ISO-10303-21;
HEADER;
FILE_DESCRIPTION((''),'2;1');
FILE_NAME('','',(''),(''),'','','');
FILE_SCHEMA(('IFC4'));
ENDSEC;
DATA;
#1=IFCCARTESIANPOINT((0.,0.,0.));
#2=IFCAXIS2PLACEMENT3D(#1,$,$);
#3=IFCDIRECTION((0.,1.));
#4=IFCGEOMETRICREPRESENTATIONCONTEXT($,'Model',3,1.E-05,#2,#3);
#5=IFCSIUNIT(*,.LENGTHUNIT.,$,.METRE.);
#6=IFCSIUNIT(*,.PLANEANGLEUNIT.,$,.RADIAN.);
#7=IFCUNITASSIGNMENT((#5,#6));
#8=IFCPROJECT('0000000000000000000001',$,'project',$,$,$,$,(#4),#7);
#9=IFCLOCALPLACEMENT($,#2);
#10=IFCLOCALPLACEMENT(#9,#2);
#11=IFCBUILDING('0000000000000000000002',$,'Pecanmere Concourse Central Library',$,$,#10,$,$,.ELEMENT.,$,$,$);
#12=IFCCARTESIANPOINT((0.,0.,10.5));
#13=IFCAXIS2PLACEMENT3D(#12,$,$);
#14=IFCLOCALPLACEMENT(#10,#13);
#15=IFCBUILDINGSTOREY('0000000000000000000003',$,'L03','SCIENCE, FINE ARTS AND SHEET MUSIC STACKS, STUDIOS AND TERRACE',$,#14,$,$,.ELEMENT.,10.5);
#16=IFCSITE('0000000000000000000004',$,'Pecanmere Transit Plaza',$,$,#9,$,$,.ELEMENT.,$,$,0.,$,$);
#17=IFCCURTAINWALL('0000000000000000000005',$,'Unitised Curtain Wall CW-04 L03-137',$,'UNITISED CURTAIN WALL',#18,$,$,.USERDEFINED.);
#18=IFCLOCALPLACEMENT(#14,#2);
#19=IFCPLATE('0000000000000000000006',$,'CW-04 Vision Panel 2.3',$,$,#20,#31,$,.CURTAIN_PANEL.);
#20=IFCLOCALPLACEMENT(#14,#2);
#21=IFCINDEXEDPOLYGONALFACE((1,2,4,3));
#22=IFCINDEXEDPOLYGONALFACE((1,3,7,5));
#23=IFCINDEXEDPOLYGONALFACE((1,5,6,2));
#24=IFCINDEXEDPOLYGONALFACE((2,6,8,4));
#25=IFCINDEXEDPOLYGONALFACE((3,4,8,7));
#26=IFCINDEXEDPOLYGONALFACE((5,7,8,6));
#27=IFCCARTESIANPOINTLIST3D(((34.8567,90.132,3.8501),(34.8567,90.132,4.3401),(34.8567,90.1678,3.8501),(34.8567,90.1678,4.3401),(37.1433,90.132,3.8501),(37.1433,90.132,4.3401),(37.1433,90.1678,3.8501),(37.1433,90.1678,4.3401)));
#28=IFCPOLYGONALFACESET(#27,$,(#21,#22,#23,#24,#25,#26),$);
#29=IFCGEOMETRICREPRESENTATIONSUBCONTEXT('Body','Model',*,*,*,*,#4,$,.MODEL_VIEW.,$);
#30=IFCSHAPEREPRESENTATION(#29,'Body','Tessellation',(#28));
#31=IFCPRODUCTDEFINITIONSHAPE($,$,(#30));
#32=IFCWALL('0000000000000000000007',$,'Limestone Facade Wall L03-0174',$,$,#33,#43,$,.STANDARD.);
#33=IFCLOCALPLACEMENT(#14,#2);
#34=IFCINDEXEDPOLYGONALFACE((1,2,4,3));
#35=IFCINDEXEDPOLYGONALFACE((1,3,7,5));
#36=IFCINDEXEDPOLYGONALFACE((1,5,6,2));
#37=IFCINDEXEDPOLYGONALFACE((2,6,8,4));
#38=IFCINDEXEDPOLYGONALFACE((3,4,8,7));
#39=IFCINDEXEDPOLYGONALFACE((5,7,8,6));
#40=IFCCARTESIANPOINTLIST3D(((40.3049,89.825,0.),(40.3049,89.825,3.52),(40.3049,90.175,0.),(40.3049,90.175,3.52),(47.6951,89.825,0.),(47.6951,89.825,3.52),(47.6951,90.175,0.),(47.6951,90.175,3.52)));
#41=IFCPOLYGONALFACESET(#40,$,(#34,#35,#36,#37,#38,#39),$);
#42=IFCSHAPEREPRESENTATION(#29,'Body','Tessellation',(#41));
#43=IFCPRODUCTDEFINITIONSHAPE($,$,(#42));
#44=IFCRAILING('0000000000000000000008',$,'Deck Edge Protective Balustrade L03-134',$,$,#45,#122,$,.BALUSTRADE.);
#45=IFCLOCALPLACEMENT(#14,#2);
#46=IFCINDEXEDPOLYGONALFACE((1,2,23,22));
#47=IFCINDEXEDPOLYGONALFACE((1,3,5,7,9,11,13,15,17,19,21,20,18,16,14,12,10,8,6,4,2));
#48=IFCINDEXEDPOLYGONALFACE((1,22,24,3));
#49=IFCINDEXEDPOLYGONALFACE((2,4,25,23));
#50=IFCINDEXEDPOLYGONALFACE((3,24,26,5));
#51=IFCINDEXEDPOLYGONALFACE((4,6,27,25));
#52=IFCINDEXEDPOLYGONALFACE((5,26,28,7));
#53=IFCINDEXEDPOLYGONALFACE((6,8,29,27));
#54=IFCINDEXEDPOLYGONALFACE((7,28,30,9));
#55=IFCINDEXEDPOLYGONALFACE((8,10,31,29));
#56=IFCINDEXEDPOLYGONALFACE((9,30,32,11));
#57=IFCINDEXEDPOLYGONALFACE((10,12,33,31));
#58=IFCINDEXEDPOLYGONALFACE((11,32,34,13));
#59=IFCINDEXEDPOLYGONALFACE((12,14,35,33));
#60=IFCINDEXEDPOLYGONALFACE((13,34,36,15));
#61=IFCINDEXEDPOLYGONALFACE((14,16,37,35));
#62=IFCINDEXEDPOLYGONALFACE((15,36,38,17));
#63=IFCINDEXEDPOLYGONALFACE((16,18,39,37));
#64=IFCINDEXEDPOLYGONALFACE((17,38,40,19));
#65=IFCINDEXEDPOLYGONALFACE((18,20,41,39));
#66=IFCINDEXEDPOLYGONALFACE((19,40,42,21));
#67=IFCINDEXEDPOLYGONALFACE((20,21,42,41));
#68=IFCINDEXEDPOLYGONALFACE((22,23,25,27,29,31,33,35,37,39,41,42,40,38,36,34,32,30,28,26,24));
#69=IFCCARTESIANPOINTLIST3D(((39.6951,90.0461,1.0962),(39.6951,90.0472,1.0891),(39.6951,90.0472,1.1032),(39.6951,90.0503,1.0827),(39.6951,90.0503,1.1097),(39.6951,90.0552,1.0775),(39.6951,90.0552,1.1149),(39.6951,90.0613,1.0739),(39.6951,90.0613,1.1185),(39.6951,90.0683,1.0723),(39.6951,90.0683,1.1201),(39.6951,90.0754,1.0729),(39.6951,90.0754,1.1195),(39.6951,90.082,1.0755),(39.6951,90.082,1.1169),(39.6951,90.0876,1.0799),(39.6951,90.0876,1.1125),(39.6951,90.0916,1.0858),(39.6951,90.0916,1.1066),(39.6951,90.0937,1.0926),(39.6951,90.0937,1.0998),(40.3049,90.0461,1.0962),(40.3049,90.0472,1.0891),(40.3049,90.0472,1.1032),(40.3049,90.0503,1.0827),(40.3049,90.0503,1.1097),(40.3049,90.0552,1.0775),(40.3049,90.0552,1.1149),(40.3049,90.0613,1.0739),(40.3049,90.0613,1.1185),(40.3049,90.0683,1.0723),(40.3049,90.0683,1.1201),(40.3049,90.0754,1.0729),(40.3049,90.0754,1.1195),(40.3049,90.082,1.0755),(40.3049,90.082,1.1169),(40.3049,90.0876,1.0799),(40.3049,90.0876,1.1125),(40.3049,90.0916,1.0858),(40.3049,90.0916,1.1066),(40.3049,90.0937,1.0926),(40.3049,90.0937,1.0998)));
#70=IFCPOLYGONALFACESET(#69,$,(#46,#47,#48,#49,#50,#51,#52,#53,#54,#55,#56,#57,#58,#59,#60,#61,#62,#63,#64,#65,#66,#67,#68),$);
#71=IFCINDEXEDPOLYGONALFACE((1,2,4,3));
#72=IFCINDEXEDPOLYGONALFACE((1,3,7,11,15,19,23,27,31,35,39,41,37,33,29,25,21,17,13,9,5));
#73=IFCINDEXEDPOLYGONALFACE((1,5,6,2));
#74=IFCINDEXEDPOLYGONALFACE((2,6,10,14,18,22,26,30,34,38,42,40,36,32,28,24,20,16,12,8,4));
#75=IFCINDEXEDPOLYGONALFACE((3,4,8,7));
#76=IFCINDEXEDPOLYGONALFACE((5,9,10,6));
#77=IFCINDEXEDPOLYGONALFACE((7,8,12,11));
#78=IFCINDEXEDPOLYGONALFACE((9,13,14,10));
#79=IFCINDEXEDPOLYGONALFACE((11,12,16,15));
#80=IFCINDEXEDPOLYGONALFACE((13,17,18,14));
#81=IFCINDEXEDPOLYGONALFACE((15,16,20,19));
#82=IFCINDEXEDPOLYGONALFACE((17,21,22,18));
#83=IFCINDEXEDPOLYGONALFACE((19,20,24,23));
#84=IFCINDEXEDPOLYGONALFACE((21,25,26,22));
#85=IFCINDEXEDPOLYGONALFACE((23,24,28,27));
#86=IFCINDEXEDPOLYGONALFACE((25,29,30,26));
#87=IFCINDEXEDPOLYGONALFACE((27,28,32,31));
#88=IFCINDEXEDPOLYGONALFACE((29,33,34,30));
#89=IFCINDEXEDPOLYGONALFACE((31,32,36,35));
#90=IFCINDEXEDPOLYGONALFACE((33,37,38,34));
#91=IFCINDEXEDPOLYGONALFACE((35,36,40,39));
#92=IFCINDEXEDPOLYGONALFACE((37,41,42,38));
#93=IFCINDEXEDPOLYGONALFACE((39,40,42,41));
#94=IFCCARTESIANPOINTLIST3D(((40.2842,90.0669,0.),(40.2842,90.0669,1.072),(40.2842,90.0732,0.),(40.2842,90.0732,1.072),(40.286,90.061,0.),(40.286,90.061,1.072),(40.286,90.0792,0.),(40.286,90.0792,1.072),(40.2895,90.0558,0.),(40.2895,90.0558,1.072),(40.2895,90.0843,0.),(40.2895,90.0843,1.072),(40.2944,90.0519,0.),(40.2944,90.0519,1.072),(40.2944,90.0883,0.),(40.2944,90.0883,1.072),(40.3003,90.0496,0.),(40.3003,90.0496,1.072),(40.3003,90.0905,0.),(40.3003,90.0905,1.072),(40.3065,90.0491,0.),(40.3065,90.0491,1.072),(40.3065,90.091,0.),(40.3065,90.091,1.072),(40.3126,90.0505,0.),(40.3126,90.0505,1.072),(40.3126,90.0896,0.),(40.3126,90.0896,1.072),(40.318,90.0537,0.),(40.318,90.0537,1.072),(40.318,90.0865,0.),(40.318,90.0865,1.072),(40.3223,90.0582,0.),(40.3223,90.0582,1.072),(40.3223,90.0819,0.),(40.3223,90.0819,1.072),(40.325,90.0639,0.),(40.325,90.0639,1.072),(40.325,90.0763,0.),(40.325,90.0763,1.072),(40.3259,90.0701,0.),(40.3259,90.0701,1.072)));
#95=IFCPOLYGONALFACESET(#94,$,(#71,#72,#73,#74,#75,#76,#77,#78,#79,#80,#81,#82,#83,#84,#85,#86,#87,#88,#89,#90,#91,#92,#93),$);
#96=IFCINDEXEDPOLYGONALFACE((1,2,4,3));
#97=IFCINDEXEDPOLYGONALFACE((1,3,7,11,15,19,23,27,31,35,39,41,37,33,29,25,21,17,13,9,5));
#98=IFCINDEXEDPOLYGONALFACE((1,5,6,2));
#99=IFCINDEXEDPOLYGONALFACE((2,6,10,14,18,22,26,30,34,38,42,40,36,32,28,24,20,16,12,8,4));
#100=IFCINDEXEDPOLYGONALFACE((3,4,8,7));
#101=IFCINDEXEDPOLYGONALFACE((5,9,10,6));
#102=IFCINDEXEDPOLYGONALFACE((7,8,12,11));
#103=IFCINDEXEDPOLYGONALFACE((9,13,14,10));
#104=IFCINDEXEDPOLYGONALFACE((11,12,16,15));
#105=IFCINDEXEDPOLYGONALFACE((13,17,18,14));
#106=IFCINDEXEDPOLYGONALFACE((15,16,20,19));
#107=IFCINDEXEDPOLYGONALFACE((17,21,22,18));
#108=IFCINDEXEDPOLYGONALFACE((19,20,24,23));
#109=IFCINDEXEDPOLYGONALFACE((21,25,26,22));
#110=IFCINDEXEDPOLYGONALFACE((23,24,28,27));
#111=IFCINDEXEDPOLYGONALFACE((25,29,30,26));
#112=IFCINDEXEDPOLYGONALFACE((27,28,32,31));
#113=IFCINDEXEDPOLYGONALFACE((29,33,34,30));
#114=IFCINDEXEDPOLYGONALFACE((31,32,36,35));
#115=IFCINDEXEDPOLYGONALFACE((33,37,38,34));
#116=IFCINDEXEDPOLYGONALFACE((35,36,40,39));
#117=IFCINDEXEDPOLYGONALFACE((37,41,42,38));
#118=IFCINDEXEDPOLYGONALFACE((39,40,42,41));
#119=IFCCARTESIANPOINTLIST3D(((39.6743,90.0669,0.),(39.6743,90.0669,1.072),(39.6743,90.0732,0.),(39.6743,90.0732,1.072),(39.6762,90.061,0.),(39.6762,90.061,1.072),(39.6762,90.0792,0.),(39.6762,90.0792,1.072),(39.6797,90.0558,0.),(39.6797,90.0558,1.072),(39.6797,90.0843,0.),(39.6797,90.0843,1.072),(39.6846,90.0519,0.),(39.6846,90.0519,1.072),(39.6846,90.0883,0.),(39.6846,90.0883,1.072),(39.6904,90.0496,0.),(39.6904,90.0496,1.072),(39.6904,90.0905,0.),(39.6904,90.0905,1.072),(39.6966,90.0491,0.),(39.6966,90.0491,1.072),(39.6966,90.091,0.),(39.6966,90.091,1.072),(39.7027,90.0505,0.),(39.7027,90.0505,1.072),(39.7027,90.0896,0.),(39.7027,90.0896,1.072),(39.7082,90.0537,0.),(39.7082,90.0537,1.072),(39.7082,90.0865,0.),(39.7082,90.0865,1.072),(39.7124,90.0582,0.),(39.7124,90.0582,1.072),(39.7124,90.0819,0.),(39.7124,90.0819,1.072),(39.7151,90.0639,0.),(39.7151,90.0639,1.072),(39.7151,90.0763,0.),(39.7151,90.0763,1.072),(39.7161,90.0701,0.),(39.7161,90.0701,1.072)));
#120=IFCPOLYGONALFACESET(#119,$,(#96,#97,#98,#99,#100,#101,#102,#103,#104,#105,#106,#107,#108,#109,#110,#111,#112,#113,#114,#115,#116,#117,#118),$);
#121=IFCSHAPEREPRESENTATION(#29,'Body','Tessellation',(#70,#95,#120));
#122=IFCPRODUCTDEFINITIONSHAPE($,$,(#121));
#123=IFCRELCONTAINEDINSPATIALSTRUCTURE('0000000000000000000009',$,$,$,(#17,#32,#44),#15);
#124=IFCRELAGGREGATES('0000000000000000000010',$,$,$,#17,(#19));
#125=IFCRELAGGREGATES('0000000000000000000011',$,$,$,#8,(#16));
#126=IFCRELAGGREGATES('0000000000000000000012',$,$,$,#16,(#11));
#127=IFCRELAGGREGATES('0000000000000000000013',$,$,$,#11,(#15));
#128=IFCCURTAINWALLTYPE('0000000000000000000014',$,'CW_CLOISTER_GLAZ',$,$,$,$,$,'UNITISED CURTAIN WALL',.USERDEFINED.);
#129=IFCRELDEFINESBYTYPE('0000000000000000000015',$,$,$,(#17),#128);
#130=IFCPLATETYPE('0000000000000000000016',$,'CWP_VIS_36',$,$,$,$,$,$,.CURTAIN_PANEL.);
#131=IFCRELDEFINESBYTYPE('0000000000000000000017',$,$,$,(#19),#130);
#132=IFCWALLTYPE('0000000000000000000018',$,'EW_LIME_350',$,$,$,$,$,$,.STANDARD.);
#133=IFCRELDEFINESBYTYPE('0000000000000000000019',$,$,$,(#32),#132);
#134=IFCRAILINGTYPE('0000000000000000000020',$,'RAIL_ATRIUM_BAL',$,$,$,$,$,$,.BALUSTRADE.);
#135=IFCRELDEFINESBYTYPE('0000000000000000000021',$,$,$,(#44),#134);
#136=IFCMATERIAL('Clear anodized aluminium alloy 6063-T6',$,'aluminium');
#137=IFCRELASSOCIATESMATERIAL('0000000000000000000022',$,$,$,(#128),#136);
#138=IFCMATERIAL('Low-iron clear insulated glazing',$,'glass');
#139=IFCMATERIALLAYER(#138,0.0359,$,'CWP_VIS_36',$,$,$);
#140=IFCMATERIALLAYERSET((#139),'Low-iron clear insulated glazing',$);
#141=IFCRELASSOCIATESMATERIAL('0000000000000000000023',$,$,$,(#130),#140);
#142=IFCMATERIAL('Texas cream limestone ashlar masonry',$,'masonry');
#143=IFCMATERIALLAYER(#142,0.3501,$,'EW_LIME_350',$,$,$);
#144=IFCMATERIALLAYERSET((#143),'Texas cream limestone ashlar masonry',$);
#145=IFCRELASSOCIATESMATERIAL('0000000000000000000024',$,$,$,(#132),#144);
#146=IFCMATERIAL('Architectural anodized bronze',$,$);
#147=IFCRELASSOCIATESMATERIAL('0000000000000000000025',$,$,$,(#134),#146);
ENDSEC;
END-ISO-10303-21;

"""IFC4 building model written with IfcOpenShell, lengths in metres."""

from ifc_helpers import new_model, si_unit, direction, frame, frame_2d, origin, origin_2d, place, context, subcontext, project, spatial, rectangle, circle, extrude, material, layer, layer_set, type_object, element, aggregate, save


model = new_model("IFC4")

# Units and contexts
model_context = context("Model", 3, precision=1e-05, world=origin(), true_north=direction((0.0, 1.0)))
body_context = subcontext(model_context, "Body", "Model", "MODEL_VIEW")
ifc_project = project(units=[si_unit("LENGTHUNIT", "METRE"), si_unit("PLANEANGLEUNIT", "RADIAN")], contexts=[model_context])

# Site, building, storey
site_placement = place(None, origin())
site = spatial("IfcSite", under=ifc_project, at=site_placement, Name="Pecanmere Transit Plaza", CompositionType="ELEMENT", RefElevation=0.0)
building_placement = place(site_placement, origin())
building = spatial("IfcBuilding", under=site, at=building_placement, Name="Pecanmere Concourse Central Library", CompositionType="ELEMENT")
storey_placement = place(building_placement, frame((0.0, 0.0, 10.5)))
storey = spatial("IfcBuildingStorey", under=building, at=storey_placement, Name="L03", Description="SCIENCE, FINE ARTS AND SHEET MUSIC STACKS, STUDIOS AND TERRACE", CompositionType="ELEMENT", Elevation=10.5)

# Curtain wall
ifc_material_1 = material(Name="Clear anodized aluminium alloy 6063-T6", Category="aluminium")
curtain_wall_type = type_object("IfcCurtainWallType", Name="CW_CLOISTER_GLAZ", ElementType="UNITISED CURTAIN WALL", PredefinedType="USERDEFINED", material=ifc_material_1)
curtain_wall_placement = place(storey_placement, origin())
curtain_wall = element("IfcCurtainWall", 1, at=curtain_wall_placement, inside=storey, type_object=curtain_wall_type, Name="Unitised Curtain Wall CW-04 L03-137", ObjectType="UNITISED CURTAIN WALL", PredefinedType="USERDEFINED")

# Plate
ifc_material_2 = material(Name="Low-iron clear insulated glazing", Category="glass")
ifc_layer_1 = layer(ifc_material_2, 0.0359, Name="CWP_VIS_36")
ifc_layer_set_1 = layer_set([ifc_layer_1], Name="Low-iron clear insulated glazing")
plate_type_1 = type_object("IfcPlateType", Name="CWP_VIS_36", PredefinedType="CURTAIN_PANEL", material=ifc_layer_set_1)
plate_1_placement = place(storey_placement, frame((36.0, 90.1499, 3.8501), z_axis=(0.0, 0.0, 1.0), x_axis=(-1.0, 0.0, 0.0)))
plate_1 = element("IfcPlate", 2, at=plate_1_placement, type_object=plate_type_1, Name="CW-04 Vision Panel 2.3", PredefinedType="CURTAIN_PANEL", context=body_context, shape_type="SweptSolid", body=[
    extrude(rectangle(XDim=2.2866, YDim=0.0359, at=origin_2d()), origin(), (0.0, 0.0, 1.0), 0.49),
])
aggregate(curtain_wall, [plate_1])

# Wall
ifc_material_3 = material(Name="Texas cream limestone ashlar masonry", Category="masonry")
ifc_layer_2 = layer(ifc_material_3, 0.3501, Name="EW_LIME_350")
ifc_layer_set_2 = layer_set([ifc_layer_2], Name="Texas cream limestone ashlar masonry")
wall_type = type_object("IfcWallType", Name="EW_LIME_350", PredefinedType="STANDARD", material=ifc_layer_set_2)
wall_placement = place(storey_placement, frame((40.3049, 90.0, 0.0), z_axis=(0.0, 0.0, 1.0), x_axis=(1.0, 0.0, 0.0)))
element("IfcWall", 3, at=wall_placement, inside=storey, type_object=wall_type, Name="Limestone Facade Wall L03-0174", PredefinedType="STANDARD", context=body_context, shape_type="SweptSolid", body=[
    extrude(rectangle(XDim=7.3901, YDim=0.3501, at=frame_2d((3.6951, 0.0))), origin(), (0.0, 0.0, 1.0), 3.52),
])

# Railing
ifc_material_4 = material(Name="Architectural anodized bronze")
railing_type = type_object("IfcRailingType", Name="RAIL_ATRIUM_BAL", PredefinedType="BALUSTRADE", material=ifc_material_4)
railing_placement = place(storey_placement, frame((40.3049, 90.0701, 0.0)))
element("IfcRailing", 4, at=railing_placement, inside=storey, type_object=railing_type, Name="Deck Edge Protective Balustrade L03-134", PredefinedType="BALUSTRADE", context=body_context, shape_type="SweptSolid", body=[
    extrude(circle(Radius=0.0239, at=origin_2d()), frame((0.0, 0.0, 1.0962), z_axis=(-1.0, 0.0, 0.0), x_axis=(0.0, -1.0, 0.0)), (0.0, 0.0, 1.0), 0.6099),
    extrude(circle(Radius=0.021, at=origin_2d()), origin(), (0.0, 0.0, 1.0), 1.072),
    extrude(circle(Radius=0.021, at=origin_2d()), frame((-0.6099, 0.0, 0.0)), (0.0, 0.0, 1.0), 1.072),
])

save(model, "model.ifc")
